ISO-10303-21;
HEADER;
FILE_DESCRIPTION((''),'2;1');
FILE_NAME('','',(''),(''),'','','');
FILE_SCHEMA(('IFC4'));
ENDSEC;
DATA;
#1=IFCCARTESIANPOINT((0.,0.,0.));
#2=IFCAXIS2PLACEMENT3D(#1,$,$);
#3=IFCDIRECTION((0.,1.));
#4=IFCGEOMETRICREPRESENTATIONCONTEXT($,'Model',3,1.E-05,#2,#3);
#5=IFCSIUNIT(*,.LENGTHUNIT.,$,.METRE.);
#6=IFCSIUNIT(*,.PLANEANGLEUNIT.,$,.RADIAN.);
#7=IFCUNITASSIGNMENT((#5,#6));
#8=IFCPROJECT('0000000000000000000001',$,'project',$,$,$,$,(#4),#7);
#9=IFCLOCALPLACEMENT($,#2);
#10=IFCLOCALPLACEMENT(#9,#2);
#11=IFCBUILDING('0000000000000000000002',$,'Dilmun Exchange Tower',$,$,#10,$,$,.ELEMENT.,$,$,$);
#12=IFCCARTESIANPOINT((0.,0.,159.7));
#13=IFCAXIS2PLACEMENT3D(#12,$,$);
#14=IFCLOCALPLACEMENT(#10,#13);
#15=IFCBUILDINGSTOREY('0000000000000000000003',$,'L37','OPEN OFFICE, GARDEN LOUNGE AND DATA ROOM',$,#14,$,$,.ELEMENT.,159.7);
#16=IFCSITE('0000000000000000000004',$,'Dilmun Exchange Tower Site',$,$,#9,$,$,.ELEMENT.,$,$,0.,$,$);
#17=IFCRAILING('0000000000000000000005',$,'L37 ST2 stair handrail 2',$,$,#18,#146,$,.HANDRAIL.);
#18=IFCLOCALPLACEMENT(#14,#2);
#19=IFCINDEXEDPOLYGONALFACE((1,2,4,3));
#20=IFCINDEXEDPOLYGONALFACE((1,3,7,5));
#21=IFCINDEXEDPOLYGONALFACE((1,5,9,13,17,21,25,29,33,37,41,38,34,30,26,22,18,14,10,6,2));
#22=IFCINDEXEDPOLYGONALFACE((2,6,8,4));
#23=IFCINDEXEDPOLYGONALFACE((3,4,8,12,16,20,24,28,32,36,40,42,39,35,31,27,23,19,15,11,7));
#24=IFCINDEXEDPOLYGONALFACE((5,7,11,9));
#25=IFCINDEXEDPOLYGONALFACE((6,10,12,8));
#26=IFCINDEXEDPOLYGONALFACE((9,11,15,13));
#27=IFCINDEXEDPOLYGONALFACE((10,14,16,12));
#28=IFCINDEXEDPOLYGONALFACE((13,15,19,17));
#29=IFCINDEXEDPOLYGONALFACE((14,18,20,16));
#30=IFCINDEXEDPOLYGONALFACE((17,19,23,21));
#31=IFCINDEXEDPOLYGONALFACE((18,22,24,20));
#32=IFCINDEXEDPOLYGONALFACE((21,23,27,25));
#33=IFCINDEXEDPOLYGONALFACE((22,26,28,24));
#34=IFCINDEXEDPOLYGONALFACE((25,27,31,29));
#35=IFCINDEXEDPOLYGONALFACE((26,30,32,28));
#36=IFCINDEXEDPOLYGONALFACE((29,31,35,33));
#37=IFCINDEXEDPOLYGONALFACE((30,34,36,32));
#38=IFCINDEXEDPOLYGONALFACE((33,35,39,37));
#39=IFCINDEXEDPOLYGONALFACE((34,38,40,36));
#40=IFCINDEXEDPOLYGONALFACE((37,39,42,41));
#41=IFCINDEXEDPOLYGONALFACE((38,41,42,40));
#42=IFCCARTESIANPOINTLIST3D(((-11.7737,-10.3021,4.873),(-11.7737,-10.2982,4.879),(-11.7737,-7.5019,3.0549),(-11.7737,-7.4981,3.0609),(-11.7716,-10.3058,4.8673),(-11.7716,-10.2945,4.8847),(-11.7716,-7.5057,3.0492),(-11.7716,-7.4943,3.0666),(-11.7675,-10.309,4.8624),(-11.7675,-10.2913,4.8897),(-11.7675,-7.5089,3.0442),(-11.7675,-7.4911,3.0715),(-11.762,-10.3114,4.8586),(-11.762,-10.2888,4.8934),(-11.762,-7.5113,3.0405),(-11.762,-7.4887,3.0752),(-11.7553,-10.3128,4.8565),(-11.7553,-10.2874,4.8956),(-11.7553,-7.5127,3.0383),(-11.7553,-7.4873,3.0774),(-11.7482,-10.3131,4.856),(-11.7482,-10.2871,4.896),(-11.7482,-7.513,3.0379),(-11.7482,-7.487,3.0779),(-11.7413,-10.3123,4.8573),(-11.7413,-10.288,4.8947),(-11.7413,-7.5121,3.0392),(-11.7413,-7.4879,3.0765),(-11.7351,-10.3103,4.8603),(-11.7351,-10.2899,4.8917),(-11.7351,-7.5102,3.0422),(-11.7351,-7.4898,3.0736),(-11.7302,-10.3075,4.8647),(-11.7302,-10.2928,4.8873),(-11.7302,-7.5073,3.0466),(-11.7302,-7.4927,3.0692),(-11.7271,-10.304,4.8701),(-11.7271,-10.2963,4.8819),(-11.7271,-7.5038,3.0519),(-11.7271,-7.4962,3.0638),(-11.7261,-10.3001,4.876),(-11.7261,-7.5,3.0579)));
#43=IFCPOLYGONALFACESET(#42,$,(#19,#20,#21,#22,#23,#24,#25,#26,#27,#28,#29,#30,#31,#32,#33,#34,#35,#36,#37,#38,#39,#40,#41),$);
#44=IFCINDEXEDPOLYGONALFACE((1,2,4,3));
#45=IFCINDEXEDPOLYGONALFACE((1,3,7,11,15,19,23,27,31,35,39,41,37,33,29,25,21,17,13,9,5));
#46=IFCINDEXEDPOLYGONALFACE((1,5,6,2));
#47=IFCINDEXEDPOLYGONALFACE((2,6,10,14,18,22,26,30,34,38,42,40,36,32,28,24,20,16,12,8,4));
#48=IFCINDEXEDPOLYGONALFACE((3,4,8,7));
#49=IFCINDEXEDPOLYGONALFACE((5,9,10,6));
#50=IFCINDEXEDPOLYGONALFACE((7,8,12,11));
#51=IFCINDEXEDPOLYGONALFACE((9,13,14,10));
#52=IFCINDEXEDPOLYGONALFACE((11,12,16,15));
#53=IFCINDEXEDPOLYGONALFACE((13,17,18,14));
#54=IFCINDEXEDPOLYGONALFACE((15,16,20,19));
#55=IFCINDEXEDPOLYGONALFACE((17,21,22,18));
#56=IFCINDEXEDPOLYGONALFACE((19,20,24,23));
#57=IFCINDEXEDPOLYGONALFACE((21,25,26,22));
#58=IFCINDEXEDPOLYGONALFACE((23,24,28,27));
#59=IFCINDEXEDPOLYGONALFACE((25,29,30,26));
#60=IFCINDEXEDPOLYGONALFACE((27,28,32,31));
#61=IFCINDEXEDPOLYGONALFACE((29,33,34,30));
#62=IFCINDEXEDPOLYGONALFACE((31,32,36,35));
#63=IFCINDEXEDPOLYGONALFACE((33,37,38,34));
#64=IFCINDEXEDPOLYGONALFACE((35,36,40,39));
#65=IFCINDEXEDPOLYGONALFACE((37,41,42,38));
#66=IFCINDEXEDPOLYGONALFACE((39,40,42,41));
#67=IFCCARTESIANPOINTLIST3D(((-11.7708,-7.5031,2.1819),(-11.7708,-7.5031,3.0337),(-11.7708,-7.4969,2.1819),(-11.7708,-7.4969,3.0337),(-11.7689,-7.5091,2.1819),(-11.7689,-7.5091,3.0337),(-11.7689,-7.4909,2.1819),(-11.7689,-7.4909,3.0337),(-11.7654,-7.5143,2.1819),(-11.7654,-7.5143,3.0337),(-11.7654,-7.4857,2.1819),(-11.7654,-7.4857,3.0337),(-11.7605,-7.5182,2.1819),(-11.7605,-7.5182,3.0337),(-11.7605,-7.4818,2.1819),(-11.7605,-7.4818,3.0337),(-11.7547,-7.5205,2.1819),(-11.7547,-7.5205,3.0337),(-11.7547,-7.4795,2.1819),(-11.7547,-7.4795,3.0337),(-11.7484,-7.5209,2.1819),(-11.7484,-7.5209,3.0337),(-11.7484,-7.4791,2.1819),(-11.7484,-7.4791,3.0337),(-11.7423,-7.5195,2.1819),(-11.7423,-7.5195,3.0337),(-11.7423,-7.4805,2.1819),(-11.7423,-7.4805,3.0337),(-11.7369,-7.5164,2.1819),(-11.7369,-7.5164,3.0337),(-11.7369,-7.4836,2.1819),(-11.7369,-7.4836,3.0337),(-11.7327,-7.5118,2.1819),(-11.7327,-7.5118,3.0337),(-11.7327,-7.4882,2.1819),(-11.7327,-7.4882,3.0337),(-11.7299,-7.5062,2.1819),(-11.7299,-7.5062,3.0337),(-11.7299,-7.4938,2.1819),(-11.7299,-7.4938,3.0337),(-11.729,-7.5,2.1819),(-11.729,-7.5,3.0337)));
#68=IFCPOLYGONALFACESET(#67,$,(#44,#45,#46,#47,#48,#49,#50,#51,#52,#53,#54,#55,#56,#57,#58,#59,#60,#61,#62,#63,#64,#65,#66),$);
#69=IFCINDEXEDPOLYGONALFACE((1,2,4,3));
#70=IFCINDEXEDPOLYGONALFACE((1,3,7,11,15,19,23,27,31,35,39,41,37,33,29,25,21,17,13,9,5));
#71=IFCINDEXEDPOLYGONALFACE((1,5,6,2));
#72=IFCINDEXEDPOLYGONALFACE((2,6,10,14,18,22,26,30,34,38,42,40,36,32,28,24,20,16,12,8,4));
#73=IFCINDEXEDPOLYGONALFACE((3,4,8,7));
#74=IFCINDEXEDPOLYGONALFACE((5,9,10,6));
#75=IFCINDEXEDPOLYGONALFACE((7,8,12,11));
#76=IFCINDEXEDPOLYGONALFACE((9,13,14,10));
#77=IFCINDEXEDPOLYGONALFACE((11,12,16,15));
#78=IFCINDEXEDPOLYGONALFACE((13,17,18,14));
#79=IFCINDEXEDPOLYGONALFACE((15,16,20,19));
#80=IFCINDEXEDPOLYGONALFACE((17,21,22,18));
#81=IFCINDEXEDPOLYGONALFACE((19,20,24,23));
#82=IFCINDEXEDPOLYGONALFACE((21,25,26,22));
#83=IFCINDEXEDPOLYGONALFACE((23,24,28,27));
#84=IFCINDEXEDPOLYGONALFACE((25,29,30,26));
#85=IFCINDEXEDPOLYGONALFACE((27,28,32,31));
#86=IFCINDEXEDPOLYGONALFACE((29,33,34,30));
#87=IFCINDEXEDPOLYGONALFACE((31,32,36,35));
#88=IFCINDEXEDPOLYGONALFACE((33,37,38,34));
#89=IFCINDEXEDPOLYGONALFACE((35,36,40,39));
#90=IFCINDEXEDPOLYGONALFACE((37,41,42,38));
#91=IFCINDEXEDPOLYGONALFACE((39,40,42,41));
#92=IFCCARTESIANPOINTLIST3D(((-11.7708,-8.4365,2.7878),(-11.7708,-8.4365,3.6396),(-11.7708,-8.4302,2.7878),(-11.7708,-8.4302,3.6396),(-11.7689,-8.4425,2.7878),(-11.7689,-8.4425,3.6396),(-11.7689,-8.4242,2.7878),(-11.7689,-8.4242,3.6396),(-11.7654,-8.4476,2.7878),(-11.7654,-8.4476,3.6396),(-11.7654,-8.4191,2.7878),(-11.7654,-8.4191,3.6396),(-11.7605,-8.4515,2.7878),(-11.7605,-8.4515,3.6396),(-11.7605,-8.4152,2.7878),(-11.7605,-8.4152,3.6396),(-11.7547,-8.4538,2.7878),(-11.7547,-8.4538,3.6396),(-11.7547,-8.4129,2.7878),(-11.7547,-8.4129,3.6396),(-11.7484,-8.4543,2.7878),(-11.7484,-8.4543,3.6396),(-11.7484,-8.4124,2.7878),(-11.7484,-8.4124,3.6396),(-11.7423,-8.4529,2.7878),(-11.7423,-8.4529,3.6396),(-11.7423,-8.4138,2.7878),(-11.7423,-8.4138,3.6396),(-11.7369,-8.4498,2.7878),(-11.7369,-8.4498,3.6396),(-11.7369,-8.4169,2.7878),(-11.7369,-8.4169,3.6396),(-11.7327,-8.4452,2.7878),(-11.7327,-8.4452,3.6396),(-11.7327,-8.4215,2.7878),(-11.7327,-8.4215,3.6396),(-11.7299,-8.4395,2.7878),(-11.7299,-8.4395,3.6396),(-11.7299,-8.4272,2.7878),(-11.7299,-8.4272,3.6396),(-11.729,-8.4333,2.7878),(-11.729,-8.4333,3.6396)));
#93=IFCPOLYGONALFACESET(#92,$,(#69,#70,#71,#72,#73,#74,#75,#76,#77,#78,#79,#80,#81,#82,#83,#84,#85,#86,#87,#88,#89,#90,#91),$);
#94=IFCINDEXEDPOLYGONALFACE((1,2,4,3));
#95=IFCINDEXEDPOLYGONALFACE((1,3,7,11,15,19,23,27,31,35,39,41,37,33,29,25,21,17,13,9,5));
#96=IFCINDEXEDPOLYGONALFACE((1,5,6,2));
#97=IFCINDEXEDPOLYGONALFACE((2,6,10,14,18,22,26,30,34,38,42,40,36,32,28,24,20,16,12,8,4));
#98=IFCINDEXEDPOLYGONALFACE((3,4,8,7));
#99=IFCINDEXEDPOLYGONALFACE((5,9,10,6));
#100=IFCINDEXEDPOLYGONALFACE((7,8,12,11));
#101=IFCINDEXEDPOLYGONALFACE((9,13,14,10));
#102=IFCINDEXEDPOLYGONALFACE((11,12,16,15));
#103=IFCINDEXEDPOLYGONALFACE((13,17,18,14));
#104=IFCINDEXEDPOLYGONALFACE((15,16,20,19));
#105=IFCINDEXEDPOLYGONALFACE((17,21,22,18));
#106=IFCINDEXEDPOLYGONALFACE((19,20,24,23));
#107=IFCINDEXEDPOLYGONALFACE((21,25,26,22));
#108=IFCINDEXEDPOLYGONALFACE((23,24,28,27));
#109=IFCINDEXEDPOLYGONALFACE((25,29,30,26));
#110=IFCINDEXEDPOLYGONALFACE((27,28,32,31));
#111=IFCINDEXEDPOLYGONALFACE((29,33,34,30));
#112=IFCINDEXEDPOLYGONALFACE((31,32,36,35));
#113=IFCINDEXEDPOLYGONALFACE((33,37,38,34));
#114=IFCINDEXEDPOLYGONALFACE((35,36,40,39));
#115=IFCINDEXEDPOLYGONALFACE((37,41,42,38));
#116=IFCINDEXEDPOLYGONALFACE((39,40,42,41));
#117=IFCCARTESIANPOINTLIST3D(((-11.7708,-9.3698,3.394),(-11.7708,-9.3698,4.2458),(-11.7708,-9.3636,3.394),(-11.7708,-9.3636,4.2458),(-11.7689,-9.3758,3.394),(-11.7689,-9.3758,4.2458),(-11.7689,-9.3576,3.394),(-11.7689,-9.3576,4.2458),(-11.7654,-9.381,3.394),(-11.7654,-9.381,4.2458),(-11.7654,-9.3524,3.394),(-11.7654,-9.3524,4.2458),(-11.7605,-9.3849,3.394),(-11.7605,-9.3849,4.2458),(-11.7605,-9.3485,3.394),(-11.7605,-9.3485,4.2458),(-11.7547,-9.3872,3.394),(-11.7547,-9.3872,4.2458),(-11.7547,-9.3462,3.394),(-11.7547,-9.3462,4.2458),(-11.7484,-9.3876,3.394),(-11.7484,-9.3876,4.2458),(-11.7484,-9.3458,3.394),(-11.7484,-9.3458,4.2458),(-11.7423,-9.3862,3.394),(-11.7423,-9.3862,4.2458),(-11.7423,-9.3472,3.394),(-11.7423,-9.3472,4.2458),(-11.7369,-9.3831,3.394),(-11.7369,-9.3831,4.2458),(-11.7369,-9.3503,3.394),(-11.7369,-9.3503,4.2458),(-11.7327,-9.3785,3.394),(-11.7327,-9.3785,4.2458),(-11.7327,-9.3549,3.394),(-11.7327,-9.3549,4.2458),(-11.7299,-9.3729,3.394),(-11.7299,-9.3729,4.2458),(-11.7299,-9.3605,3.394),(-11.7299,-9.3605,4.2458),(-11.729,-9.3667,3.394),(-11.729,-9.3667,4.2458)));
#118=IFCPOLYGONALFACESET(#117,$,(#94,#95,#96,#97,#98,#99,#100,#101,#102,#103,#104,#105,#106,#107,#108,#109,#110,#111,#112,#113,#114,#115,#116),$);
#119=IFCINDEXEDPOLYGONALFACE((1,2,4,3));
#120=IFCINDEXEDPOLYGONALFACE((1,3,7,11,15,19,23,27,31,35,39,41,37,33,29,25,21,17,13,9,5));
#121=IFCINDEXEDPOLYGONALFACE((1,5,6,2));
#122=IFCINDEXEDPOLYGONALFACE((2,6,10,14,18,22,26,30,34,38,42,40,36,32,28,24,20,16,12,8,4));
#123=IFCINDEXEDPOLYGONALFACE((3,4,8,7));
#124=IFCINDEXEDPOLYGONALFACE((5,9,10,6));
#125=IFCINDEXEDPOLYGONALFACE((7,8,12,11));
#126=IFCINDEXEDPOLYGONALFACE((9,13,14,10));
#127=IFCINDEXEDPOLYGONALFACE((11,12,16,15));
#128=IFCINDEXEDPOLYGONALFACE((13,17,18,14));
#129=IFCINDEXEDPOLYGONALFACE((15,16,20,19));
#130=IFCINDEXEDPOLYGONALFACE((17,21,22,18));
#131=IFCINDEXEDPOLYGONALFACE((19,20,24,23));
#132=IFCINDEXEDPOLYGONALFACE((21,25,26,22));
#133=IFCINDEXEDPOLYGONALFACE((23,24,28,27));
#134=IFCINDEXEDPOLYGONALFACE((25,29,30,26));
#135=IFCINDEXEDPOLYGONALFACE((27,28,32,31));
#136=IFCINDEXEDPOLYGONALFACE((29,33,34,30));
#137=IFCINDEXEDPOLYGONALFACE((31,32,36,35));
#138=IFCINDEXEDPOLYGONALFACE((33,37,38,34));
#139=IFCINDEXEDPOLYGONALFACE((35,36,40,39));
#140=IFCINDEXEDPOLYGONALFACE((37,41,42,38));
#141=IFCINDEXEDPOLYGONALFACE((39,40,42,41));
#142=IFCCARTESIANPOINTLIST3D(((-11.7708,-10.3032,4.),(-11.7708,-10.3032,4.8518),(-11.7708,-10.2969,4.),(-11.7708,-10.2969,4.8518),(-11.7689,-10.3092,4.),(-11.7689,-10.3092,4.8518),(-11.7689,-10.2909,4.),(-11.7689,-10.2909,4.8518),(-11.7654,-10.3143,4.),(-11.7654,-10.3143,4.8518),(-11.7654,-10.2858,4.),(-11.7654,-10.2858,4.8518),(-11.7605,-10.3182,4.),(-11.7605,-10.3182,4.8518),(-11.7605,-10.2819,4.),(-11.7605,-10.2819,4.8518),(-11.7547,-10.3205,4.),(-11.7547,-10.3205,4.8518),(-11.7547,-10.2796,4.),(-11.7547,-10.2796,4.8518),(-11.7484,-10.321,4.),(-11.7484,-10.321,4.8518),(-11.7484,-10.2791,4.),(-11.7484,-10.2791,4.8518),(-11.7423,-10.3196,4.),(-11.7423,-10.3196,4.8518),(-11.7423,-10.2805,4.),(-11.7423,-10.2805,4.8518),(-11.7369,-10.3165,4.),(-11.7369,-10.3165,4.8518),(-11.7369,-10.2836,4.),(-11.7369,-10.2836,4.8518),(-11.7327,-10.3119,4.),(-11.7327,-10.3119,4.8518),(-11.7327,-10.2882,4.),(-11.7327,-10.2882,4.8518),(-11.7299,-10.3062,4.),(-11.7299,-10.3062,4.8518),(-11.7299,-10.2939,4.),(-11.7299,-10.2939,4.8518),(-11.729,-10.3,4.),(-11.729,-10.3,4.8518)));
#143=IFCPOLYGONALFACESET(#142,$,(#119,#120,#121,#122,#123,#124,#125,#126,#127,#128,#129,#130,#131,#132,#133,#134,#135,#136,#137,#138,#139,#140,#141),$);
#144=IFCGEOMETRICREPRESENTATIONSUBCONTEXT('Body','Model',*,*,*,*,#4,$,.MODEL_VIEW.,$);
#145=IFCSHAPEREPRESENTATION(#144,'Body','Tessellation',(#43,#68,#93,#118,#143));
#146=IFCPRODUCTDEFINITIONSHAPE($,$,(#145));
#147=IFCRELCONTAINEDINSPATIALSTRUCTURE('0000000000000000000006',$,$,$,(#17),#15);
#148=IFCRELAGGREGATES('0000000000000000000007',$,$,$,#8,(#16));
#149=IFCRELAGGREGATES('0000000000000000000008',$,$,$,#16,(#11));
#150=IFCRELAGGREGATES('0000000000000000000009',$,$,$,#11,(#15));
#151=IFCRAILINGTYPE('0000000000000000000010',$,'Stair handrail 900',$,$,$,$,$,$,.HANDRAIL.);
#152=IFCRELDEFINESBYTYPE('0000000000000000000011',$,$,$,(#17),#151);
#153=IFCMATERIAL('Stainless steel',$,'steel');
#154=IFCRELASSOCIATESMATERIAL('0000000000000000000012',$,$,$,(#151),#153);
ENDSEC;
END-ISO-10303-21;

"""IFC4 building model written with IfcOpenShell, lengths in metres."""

from ifc_helpers import new_model, si_unit, direction, frame, origin, origin_2d, place, context, subcontext, project, spatial, circle, extrude, material, type_object, element, save


model = new_model("IFC4")

# Units and contexts
model_context = context("Model", 3, precision=1e-05, world=origin(), true_north=direction((0.0, 1.0)))
body_context = subcontext(model_context, "Body", "Model", "MODEL_VIEW")
ifc_project = project(units=[si_unit("LENGTHUNIT", "METRE"), si_unit("PLANEANGLEUNIT", "RADIAN")], contexts=[model_context])

# Site, building, storey
site_placement = place(None, origin())
site = spatial("IfcSite", under=ifc_project, at=site_placement, Name="Dilmun Exchange Tower Site", CompositionType="ELEMENT", RefElevation=0.0)
building_placement = place(site_placement, origin())
building = spatial("IfcBuilding", under=site, at=building_placement, Name="Dilmun Exchange Tower", CompositionType="ELEMENT")
storey_placement = place(building_placement, frame((0.0, 0.0, 159.7)))
storey = spatial("IfcBuildingStorey", under=building, at=storey_placement, Name="L37", Description="OPEN OFFICE, GARDEN LOUNGE AND DATA ROOM", CompositionType="ELEMENT", Elevation=159.7)

# Railing
ifc_material_1 = material(Name="Stainless steel", Category="steel")
railing_type = type_object("IfcRailingType", Name="Stair handrail 900", PredefinedType="HANDRAIL", material=ifc_material_1)
railing_1_placement = place(storey_placement, frame((-11.75, -7.5, 2.1819)))
element("IfcRailing", 1, at=railing_1_placement, inside=storey, type_object=railing_type, Name="L37 ST2 stair handrail 2", PredefinedType="HANDRAIL", context=body_context, shape_type="SweptSolid", body=[
    extrude(circle(Radius=0.0239, at=origin_2d()), frame((0.0, 0.0, 0.876), z_axis=(0.0, -0.838706, 0.544585), x_axis=(1.0, 0.0, 0.0)), (0.0, 0.0, 1.0), 3.3386),
    extrude(circle(Radius=0.021, at=origin_2d()), origin(), (0.0, 0.0, 1.0), 0.8518),
    extrude(circle(Radius=0.021, at=origin_2d()), frame((0.0, -0.9333, 0.606)), (0.0, 0.0, 1.0), 0.8518),
    extrude(circle(Radius=0.021, at=origin_2d()), frame((0.0, -1.8667, 1.2122)), (0.0, 0.0, 1.0), 0.8518),
    extrude(circle(Radius=0.021, at=origin_2d()), frame((0.0, -2.8, 1.8181)), (0.0, 0.0, 1.0), 0.8518),
])

save(model, "model.ifc")
